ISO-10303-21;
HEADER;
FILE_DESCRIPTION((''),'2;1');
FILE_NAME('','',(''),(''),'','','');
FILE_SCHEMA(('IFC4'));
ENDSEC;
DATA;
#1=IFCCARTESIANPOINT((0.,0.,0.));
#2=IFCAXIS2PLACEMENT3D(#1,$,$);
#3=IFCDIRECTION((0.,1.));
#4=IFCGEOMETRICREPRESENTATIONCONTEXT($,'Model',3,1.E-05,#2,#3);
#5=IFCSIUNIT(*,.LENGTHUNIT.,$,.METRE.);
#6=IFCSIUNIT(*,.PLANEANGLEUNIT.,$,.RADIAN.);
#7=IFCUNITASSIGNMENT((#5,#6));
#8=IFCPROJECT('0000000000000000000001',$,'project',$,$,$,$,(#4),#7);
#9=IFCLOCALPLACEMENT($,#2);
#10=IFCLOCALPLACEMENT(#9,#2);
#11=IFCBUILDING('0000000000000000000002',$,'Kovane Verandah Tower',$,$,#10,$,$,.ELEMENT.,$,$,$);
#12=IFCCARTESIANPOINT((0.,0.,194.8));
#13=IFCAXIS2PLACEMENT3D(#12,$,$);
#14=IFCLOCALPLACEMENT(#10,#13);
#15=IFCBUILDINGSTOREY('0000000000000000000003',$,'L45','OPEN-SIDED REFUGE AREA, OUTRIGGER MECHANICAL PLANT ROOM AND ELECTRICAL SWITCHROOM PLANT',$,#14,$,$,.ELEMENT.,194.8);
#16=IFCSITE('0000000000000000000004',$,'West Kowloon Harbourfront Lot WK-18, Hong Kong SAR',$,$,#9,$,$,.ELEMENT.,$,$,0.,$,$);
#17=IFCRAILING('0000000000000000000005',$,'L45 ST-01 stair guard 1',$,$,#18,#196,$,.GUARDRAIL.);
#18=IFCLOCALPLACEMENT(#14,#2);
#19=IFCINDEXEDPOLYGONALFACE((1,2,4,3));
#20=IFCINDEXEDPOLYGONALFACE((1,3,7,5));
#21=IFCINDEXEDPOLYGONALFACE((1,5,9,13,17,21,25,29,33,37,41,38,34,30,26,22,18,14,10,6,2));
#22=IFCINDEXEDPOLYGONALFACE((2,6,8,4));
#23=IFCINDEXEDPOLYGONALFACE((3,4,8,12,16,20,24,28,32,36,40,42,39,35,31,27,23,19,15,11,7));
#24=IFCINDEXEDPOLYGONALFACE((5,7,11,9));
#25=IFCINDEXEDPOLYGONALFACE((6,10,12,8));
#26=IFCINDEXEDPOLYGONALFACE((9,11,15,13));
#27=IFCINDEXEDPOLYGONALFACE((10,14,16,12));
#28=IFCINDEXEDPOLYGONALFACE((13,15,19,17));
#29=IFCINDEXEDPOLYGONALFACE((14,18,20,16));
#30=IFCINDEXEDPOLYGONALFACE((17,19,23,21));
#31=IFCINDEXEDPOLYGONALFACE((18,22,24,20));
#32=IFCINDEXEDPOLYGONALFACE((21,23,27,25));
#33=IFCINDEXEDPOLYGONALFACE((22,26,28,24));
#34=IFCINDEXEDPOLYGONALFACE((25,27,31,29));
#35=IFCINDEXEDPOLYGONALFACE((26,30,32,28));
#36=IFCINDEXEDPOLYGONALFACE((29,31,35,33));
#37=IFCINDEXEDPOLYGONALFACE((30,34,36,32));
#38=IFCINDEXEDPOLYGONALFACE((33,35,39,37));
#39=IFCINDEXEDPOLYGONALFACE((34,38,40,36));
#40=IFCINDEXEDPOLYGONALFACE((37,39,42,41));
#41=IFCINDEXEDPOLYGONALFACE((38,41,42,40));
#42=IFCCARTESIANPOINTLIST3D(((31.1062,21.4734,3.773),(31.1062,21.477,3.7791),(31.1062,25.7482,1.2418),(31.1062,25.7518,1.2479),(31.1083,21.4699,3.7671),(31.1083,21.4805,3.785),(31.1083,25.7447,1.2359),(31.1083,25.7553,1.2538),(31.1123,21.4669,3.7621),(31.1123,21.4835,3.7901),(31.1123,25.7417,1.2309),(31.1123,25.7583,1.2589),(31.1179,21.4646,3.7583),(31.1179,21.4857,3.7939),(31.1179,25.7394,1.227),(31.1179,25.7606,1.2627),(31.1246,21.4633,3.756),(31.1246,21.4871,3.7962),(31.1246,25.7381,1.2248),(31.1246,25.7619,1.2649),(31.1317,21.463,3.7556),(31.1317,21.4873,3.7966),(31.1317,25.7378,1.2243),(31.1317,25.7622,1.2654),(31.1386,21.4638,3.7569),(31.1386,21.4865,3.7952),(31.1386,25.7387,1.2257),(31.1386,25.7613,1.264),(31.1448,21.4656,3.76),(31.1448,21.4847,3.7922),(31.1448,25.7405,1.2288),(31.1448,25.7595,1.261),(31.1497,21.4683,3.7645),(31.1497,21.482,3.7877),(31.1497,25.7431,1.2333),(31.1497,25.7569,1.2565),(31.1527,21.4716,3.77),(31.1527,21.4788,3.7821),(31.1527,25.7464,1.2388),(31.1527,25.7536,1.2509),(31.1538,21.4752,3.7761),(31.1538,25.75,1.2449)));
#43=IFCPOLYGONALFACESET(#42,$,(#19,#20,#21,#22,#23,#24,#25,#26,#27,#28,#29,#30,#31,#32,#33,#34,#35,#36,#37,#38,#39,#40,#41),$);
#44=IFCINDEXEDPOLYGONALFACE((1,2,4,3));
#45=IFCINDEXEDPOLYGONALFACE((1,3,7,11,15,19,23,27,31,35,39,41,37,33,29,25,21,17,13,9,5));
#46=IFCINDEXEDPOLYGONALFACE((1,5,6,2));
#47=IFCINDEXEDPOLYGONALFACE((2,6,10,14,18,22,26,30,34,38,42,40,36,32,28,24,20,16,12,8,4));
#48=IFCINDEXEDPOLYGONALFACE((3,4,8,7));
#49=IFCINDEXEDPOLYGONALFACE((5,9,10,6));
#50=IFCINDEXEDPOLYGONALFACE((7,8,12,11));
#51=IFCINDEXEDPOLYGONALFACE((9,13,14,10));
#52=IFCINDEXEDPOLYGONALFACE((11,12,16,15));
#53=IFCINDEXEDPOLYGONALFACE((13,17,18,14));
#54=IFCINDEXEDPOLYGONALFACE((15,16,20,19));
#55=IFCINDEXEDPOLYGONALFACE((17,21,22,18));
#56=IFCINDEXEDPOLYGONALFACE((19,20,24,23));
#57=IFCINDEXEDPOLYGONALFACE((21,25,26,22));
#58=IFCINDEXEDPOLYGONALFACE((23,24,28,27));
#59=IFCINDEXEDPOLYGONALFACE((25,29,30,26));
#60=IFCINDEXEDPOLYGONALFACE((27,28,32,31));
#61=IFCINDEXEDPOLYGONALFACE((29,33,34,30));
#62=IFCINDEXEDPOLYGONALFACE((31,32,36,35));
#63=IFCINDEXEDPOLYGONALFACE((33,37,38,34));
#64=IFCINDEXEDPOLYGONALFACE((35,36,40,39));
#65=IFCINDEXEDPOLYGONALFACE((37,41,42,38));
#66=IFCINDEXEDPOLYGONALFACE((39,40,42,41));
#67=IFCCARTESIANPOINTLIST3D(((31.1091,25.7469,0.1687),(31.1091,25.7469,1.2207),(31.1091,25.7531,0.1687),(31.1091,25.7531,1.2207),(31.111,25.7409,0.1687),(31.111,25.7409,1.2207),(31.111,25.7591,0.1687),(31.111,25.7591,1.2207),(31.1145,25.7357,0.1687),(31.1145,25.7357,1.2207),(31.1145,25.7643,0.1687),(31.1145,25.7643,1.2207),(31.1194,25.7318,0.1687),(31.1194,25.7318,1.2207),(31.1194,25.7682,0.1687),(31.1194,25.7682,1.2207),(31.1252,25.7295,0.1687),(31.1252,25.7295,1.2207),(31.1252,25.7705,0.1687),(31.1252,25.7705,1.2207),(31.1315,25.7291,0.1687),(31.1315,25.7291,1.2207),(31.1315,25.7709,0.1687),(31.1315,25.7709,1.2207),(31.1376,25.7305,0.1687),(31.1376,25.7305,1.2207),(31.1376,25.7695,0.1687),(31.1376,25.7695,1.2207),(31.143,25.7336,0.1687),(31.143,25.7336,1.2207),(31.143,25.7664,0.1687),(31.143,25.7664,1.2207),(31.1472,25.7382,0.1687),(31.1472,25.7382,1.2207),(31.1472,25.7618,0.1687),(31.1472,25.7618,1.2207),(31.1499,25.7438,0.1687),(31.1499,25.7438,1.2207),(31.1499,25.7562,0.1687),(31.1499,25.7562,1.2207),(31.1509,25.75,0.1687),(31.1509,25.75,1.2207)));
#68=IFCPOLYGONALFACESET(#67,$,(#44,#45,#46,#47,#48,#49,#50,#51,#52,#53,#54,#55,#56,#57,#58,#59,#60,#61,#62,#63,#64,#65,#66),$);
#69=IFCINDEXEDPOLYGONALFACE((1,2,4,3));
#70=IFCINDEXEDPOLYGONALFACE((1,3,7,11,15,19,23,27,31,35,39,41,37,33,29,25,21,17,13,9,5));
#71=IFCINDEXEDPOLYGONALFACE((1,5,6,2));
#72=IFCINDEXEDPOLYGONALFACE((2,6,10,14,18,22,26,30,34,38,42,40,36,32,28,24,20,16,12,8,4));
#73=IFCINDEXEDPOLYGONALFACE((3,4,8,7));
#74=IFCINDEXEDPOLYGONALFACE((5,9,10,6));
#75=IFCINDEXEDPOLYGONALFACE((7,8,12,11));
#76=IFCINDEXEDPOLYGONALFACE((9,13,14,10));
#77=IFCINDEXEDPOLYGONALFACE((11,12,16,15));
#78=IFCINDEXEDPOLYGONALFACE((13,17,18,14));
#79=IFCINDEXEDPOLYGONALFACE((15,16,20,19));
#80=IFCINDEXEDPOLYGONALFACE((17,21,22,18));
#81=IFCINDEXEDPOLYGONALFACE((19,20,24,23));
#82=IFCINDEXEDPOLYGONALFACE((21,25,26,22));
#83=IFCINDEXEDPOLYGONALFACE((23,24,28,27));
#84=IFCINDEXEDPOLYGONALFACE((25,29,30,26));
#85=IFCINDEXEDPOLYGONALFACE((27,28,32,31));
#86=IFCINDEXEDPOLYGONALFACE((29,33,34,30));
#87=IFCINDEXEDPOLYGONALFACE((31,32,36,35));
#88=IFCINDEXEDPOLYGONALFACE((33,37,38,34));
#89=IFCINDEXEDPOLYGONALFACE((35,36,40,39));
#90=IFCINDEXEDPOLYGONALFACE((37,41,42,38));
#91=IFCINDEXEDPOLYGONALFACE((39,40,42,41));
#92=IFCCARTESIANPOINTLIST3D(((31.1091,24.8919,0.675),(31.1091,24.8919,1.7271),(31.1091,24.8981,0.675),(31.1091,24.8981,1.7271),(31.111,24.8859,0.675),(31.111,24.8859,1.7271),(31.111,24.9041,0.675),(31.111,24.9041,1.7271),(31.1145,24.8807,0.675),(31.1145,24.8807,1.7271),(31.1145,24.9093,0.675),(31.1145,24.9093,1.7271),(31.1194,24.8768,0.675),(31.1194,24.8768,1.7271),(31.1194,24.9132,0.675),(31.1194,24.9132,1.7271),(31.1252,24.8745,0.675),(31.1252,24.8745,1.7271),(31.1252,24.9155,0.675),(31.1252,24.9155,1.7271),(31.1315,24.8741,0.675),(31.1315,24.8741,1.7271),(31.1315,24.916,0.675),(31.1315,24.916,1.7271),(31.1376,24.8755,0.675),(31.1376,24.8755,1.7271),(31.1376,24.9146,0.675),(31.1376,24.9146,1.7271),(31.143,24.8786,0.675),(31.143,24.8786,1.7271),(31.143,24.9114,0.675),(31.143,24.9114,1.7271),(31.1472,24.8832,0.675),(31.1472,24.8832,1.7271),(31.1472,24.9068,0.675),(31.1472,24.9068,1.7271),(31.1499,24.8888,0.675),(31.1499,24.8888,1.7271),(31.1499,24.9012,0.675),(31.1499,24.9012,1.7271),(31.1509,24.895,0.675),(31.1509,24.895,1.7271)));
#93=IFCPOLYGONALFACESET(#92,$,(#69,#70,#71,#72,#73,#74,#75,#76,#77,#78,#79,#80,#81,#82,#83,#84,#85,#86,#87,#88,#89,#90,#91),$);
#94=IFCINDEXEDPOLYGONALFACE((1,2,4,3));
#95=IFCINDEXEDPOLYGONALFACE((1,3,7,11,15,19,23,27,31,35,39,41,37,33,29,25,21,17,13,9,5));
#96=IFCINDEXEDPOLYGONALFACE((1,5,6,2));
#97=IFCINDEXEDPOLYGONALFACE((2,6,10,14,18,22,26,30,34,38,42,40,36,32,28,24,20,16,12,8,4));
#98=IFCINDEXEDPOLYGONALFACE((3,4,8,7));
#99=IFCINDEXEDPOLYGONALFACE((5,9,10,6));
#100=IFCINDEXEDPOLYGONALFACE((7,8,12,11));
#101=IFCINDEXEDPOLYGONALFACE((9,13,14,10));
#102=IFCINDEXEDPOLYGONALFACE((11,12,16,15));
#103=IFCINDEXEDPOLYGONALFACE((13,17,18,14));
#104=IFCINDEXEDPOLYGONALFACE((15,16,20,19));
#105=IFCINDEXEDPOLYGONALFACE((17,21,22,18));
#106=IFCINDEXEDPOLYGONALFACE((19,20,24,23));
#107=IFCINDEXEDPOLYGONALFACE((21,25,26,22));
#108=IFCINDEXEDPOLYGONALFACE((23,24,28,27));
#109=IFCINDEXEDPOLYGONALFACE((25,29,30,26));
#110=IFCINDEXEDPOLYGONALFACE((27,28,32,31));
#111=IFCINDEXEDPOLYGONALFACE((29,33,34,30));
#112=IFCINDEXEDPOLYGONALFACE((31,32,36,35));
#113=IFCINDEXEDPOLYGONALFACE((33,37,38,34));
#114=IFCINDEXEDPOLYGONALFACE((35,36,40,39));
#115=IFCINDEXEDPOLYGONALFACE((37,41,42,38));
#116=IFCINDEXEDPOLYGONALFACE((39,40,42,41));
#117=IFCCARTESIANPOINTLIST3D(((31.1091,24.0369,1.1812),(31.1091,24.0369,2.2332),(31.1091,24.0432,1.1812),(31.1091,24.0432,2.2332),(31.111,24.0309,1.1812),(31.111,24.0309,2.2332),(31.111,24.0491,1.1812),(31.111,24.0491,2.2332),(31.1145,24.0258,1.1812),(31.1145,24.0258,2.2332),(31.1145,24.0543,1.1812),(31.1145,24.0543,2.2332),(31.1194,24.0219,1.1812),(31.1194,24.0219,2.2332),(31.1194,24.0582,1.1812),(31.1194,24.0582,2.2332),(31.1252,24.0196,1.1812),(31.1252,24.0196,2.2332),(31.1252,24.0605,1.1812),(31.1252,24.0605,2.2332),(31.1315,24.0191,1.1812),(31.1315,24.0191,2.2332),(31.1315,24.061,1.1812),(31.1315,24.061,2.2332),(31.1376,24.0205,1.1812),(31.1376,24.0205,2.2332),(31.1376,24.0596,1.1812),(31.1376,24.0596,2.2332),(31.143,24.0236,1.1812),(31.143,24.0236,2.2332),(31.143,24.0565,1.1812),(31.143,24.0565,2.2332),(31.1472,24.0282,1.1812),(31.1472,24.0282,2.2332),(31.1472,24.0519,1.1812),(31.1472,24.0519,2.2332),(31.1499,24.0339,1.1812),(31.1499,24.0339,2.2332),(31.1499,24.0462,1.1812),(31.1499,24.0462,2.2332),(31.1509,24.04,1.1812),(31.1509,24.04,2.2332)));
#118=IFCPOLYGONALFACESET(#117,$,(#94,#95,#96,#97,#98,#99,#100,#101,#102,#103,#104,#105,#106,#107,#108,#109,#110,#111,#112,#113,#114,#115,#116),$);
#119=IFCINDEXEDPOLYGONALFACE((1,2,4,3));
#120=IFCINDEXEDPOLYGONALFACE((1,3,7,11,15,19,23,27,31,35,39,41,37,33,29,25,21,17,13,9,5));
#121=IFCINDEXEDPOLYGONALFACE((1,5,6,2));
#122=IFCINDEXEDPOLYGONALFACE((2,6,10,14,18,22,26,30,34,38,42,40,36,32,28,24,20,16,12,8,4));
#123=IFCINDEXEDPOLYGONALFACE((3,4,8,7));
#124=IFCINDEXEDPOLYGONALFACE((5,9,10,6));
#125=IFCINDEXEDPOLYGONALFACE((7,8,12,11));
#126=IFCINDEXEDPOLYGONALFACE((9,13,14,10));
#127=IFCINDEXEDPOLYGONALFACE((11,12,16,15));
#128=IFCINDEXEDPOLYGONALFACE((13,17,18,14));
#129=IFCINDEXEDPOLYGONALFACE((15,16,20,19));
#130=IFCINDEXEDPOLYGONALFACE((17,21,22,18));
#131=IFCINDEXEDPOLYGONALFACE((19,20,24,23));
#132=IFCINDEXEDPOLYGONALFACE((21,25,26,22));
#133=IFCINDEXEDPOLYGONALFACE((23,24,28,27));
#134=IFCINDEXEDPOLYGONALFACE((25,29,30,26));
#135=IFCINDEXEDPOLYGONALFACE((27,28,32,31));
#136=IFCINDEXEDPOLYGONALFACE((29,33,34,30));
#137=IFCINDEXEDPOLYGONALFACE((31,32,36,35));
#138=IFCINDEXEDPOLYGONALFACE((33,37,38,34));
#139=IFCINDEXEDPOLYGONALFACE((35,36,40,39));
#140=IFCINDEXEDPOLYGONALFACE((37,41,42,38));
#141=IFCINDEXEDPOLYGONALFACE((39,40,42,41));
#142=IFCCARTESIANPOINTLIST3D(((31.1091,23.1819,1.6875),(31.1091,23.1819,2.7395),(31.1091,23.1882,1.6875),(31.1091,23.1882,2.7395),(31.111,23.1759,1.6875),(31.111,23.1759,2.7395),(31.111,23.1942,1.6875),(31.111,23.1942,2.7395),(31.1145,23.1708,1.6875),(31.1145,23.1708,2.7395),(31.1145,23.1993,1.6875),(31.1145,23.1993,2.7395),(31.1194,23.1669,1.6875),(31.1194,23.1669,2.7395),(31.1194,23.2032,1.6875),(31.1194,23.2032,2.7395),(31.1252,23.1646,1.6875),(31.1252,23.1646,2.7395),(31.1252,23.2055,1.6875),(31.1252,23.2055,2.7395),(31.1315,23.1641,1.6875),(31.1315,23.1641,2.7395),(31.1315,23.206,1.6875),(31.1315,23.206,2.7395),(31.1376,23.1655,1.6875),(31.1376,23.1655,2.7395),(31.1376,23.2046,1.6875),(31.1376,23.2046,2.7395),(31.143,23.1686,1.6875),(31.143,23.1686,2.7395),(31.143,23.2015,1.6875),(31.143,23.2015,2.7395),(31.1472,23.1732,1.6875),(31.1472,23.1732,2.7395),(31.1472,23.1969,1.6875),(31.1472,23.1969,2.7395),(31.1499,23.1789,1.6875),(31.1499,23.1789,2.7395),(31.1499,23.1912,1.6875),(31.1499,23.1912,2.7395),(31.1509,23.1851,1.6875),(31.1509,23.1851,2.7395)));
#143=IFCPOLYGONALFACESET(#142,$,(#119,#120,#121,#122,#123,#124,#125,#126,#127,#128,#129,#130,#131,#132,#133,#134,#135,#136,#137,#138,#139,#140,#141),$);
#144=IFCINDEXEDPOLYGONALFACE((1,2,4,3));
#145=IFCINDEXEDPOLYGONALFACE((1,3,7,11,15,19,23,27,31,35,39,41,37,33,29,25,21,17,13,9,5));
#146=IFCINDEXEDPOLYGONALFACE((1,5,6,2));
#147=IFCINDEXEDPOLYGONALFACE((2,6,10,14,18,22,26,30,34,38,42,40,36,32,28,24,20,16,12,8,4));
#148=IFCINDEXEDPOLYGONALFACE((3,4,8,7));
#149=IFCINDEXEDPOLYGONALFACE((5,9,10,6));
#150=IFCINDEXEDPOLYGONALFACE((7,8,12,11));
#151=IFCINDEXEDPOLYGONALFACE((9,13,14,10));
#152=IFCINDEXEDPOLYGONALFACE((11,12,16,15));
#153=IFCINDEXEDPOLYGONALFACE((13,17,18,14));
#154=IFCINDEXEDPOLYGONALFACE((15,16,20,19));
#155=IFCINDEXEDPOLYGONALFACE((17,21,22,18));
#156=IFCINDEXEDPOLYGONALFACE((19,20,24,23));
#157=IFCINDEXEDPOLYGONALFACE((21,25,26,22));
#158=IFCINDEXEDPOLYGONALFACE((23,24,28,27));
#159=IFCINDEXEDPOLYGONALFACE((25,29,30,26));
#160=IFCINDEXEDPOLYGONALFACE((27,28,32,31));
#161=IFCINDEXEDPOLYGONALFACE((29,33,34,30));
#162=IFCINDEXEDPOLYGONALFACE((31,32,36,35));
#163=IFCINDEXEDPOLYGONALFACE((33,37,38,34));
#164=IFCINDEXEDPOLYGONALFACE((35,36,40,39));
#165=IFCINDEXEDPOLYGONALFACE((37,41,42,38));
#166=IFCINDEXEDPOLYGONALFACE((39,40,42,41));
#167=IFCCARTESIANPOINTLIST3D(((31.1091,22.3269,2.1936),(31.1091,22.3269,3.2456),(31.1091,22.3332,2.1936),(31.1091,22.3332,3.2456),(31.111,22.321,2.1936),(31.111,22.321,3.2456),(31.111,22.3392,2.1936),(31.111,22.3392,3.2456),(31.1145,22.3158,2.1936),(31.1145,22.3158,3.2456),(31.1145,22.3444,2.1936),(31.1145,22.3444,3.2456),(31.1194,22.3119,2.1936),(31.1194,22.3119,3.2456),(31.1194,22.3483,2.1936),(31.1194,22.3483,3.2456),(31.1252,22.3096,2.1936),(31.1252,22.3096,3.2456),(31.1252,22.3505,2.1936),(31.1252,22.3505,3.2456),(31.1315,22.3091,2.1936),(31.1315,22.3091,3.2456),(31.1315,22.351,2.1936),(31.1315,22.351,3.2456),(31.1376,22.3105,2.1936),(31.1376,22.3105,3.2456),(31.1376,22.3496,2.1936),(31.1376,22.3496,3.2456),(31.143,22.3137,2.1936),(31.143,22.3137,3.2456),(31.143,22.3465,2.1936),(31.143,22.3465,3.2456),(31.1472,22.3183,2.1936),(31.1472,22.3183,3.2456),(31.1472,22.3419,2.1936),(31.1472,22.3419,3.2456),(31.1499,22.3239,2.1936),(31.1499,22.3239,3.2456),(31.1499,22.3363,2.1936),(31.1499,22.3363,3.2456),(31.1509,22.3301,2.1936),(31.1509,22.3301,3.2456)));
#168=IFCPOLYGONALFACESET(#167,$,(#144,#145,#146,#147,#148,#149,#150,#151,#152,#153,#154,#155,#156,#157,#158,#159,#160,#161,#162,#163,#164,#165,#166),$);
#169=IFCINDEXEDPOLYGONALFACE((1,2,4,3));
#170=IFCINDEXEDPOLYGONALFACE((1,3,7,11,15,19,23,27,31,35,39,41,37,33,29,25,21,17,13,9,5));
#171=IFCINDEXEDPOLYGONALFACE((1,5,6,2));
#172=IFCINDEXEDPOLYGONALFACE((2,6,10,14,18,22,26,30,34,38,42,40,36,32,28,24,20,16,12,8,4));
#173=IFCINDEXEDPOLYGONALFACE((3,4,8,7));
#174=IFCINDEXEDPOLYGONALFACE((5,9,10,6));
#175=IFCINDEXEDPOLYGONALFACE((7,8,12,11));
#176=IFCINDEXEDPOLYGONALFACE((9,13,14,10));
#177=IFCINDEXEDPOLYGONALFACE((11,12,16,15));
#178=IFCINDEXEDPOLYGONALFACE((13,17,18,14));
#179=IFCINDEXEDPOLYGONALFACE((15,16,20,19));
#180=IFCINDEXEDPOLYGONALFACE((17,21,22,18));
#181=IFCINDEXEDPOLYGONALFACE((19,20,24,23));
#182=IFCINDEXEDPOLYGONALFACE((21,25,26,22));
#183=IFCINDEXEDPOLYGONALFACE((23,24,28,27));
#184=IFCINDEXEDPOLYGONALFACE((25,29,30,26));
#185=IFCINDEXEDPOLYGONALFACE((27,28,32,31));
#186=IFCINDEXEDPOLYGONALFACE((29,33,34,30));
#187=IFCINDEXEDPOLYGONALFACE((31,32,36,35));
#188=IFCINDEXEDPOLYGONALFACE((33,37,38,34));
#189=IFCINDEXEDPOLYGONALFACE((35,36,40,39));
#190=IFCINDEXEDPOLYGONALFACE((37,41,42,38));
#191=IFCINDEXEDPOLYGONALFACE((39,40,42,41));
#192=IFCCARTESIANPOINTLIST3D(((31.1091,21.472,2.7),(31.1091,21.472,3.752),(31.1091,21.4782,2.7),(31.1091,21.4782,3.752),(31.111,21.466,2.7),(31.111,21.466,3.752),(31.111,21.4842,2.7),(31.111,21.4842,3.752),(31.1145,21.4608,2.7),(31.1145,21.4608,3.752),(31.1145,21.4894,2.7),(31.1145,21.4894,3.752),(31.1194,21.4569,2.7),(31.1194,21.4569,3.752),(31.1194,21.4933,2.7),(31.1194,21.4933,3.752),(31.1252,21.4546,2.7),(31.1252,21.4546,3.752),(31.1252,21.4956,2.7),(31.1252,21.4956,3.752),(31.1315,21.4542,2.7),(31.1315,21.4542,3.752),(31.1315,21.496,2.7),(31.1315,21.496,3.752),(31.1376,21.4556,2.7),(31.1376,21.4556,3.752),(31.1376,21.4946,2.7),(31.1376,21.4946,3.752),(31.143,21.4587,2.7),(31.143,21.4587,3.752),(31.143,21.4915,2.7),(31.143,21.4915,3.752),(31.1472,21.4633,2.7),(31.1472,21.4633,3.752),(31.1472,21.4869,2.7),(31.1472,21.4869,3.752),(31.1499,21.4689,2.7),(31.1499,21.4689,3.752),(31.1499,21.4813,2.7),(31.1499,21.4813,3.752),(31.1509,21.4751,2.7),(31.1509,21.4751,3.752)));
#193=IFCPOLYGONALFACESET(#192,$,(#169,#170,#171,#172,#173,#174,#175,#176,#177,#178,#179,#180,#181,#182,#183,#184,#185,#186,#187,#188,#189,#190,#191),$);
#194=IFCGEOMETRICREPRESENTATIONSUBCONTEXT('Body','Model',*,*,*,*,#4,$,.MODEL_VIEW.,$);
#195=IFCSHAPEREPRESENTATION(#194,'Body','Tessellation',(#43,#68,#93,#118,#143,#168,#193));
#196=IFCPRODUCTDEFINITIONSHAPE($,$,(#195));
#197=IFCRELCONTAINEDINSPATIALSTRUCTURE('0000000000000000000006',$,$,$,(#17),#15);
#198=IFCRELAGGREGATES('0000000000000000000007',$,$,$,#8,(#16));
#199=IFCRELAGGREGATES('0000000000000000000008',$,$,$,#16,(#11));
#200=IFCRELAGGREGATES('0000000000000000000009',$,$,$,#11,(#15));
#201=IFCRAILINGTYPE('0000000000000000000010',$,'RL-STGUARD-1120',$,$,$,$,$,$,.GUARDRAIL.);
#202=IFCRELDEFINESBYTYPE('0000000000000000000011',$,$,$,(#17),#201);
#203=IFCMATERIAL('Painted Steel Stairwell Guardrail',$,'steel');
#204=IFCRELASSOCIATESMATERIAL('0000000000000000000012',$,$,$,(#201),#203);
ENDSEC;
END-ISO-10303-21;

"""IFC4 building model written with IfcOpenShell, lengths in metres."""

from ifc_helpers import new_model, si_unit, direction, frame, origin, origin_2d, place, context, subcontext, project, spatial, circle, extrude, material, type_object, element, save


model = new_model("IFC4")

# Units and contexts
model_context = context("Model", 3, precision=1e-05, world=origin(), true_north=direction((0.0, 1.0)))
body_context = subcontext(model_context, "Body", "Model", "MODEL_VIEW")
ifc_project = project(units=[si_unit("LENGTHUNIT", "METRE"), si_unit("PLANEANGLEUNIT", "RADIAN")], contexts=[model_context])

# Site, building, storey
site_placement = place(None, origin())
site = spatial("IfcSite", under=ifc_project, at=site_placement, Name="West Kowloon Harbourfront Lot WK-18, Hong Kong SAR", CompositionType="ELEMENT", RefElevation=0.0)
building_placement = place(site_placement, origin())
building = spatial("IfcBuilding", under=site, at=building_placement, Name="Kovane Verandah Tower", CompositionType="ELEMENT")
storey_placement = place(building_placement, frame((0.0, 0.0, 194.8)))
storey = spatial("IfcBuildingStorey", under=building, at=storey_placement, Name="L45", Description="OPEN-SIDED REFUGE AREA, OUTRIGGER MECHANICAL PLANT ROOM AND ELECTRICAL SWITCHROOM PLANT", CompositionType="ELEMENT", Elevation=194.8)

# Railing
ifc_material_1 = material(Name="Painted Steel Stairwell Guardrail", Category="steel")
railing_type_1 = type_object("IfcRailingType", Name="RL-STGUARD-1120", PredefinedType="GUARDRAIL", material=ifc_material_1)
railing_1_placement = place(storey_placement, frame((31.1299, 25.75, 0.1687)))
element("IfcRailing", 1, at=railing_1_placement, inside=storey, type_object=railing_type_1, Name="L45 ST-01 stair guard 1", PredefinedType="GUARDRAIL", context=body_context, shape_type="SweptSolid", body=[
    extrude(circle(Radius=0.0239, at=origin_2d()), frame((0.0, 0.0, 1.0762), z_axis=(0.0, -0.86047, 0.509501), x_axis=(1.0, 0.0, 0.0)), (0.0, 0.0, 1.0), 4.968),
    extrude(circle(Radius=0.021, at=origin_2d()), origin(), (0.0, 0.0, 1.0), 1.052),
    extrude(circle(Radius=0.021, at=origin_2d()), frame((0.0, -0.855, 0.5063)), (0.0, 0.0, 1.0), 1.052),
    extrude(circle(Radius=0.021, at=origin_2d()), frame((0.0, -1.71, 1.0125)), (0.0, 0.0, 1.0), 1.052),
    extrude(circle(Radius=0.021, at=origin_2d()), frame((0.0, -2.5649, 1.5188)), (0.0, 0.0, 1.0), 1.052),
    extrude(circle(Radius=0.021, at=origin_2d()), frame((0.0, -3.4199, 2.0249)), (0.0, 0.0, 1.0), 1.052),
    extrude(circle(Radius=0.021, at=origin_2d()), frame((0.0, -4.2749, 2.5312)), (0.0, 0.0, 1.0), 1.052),
])

save(model, "model.ifc")
